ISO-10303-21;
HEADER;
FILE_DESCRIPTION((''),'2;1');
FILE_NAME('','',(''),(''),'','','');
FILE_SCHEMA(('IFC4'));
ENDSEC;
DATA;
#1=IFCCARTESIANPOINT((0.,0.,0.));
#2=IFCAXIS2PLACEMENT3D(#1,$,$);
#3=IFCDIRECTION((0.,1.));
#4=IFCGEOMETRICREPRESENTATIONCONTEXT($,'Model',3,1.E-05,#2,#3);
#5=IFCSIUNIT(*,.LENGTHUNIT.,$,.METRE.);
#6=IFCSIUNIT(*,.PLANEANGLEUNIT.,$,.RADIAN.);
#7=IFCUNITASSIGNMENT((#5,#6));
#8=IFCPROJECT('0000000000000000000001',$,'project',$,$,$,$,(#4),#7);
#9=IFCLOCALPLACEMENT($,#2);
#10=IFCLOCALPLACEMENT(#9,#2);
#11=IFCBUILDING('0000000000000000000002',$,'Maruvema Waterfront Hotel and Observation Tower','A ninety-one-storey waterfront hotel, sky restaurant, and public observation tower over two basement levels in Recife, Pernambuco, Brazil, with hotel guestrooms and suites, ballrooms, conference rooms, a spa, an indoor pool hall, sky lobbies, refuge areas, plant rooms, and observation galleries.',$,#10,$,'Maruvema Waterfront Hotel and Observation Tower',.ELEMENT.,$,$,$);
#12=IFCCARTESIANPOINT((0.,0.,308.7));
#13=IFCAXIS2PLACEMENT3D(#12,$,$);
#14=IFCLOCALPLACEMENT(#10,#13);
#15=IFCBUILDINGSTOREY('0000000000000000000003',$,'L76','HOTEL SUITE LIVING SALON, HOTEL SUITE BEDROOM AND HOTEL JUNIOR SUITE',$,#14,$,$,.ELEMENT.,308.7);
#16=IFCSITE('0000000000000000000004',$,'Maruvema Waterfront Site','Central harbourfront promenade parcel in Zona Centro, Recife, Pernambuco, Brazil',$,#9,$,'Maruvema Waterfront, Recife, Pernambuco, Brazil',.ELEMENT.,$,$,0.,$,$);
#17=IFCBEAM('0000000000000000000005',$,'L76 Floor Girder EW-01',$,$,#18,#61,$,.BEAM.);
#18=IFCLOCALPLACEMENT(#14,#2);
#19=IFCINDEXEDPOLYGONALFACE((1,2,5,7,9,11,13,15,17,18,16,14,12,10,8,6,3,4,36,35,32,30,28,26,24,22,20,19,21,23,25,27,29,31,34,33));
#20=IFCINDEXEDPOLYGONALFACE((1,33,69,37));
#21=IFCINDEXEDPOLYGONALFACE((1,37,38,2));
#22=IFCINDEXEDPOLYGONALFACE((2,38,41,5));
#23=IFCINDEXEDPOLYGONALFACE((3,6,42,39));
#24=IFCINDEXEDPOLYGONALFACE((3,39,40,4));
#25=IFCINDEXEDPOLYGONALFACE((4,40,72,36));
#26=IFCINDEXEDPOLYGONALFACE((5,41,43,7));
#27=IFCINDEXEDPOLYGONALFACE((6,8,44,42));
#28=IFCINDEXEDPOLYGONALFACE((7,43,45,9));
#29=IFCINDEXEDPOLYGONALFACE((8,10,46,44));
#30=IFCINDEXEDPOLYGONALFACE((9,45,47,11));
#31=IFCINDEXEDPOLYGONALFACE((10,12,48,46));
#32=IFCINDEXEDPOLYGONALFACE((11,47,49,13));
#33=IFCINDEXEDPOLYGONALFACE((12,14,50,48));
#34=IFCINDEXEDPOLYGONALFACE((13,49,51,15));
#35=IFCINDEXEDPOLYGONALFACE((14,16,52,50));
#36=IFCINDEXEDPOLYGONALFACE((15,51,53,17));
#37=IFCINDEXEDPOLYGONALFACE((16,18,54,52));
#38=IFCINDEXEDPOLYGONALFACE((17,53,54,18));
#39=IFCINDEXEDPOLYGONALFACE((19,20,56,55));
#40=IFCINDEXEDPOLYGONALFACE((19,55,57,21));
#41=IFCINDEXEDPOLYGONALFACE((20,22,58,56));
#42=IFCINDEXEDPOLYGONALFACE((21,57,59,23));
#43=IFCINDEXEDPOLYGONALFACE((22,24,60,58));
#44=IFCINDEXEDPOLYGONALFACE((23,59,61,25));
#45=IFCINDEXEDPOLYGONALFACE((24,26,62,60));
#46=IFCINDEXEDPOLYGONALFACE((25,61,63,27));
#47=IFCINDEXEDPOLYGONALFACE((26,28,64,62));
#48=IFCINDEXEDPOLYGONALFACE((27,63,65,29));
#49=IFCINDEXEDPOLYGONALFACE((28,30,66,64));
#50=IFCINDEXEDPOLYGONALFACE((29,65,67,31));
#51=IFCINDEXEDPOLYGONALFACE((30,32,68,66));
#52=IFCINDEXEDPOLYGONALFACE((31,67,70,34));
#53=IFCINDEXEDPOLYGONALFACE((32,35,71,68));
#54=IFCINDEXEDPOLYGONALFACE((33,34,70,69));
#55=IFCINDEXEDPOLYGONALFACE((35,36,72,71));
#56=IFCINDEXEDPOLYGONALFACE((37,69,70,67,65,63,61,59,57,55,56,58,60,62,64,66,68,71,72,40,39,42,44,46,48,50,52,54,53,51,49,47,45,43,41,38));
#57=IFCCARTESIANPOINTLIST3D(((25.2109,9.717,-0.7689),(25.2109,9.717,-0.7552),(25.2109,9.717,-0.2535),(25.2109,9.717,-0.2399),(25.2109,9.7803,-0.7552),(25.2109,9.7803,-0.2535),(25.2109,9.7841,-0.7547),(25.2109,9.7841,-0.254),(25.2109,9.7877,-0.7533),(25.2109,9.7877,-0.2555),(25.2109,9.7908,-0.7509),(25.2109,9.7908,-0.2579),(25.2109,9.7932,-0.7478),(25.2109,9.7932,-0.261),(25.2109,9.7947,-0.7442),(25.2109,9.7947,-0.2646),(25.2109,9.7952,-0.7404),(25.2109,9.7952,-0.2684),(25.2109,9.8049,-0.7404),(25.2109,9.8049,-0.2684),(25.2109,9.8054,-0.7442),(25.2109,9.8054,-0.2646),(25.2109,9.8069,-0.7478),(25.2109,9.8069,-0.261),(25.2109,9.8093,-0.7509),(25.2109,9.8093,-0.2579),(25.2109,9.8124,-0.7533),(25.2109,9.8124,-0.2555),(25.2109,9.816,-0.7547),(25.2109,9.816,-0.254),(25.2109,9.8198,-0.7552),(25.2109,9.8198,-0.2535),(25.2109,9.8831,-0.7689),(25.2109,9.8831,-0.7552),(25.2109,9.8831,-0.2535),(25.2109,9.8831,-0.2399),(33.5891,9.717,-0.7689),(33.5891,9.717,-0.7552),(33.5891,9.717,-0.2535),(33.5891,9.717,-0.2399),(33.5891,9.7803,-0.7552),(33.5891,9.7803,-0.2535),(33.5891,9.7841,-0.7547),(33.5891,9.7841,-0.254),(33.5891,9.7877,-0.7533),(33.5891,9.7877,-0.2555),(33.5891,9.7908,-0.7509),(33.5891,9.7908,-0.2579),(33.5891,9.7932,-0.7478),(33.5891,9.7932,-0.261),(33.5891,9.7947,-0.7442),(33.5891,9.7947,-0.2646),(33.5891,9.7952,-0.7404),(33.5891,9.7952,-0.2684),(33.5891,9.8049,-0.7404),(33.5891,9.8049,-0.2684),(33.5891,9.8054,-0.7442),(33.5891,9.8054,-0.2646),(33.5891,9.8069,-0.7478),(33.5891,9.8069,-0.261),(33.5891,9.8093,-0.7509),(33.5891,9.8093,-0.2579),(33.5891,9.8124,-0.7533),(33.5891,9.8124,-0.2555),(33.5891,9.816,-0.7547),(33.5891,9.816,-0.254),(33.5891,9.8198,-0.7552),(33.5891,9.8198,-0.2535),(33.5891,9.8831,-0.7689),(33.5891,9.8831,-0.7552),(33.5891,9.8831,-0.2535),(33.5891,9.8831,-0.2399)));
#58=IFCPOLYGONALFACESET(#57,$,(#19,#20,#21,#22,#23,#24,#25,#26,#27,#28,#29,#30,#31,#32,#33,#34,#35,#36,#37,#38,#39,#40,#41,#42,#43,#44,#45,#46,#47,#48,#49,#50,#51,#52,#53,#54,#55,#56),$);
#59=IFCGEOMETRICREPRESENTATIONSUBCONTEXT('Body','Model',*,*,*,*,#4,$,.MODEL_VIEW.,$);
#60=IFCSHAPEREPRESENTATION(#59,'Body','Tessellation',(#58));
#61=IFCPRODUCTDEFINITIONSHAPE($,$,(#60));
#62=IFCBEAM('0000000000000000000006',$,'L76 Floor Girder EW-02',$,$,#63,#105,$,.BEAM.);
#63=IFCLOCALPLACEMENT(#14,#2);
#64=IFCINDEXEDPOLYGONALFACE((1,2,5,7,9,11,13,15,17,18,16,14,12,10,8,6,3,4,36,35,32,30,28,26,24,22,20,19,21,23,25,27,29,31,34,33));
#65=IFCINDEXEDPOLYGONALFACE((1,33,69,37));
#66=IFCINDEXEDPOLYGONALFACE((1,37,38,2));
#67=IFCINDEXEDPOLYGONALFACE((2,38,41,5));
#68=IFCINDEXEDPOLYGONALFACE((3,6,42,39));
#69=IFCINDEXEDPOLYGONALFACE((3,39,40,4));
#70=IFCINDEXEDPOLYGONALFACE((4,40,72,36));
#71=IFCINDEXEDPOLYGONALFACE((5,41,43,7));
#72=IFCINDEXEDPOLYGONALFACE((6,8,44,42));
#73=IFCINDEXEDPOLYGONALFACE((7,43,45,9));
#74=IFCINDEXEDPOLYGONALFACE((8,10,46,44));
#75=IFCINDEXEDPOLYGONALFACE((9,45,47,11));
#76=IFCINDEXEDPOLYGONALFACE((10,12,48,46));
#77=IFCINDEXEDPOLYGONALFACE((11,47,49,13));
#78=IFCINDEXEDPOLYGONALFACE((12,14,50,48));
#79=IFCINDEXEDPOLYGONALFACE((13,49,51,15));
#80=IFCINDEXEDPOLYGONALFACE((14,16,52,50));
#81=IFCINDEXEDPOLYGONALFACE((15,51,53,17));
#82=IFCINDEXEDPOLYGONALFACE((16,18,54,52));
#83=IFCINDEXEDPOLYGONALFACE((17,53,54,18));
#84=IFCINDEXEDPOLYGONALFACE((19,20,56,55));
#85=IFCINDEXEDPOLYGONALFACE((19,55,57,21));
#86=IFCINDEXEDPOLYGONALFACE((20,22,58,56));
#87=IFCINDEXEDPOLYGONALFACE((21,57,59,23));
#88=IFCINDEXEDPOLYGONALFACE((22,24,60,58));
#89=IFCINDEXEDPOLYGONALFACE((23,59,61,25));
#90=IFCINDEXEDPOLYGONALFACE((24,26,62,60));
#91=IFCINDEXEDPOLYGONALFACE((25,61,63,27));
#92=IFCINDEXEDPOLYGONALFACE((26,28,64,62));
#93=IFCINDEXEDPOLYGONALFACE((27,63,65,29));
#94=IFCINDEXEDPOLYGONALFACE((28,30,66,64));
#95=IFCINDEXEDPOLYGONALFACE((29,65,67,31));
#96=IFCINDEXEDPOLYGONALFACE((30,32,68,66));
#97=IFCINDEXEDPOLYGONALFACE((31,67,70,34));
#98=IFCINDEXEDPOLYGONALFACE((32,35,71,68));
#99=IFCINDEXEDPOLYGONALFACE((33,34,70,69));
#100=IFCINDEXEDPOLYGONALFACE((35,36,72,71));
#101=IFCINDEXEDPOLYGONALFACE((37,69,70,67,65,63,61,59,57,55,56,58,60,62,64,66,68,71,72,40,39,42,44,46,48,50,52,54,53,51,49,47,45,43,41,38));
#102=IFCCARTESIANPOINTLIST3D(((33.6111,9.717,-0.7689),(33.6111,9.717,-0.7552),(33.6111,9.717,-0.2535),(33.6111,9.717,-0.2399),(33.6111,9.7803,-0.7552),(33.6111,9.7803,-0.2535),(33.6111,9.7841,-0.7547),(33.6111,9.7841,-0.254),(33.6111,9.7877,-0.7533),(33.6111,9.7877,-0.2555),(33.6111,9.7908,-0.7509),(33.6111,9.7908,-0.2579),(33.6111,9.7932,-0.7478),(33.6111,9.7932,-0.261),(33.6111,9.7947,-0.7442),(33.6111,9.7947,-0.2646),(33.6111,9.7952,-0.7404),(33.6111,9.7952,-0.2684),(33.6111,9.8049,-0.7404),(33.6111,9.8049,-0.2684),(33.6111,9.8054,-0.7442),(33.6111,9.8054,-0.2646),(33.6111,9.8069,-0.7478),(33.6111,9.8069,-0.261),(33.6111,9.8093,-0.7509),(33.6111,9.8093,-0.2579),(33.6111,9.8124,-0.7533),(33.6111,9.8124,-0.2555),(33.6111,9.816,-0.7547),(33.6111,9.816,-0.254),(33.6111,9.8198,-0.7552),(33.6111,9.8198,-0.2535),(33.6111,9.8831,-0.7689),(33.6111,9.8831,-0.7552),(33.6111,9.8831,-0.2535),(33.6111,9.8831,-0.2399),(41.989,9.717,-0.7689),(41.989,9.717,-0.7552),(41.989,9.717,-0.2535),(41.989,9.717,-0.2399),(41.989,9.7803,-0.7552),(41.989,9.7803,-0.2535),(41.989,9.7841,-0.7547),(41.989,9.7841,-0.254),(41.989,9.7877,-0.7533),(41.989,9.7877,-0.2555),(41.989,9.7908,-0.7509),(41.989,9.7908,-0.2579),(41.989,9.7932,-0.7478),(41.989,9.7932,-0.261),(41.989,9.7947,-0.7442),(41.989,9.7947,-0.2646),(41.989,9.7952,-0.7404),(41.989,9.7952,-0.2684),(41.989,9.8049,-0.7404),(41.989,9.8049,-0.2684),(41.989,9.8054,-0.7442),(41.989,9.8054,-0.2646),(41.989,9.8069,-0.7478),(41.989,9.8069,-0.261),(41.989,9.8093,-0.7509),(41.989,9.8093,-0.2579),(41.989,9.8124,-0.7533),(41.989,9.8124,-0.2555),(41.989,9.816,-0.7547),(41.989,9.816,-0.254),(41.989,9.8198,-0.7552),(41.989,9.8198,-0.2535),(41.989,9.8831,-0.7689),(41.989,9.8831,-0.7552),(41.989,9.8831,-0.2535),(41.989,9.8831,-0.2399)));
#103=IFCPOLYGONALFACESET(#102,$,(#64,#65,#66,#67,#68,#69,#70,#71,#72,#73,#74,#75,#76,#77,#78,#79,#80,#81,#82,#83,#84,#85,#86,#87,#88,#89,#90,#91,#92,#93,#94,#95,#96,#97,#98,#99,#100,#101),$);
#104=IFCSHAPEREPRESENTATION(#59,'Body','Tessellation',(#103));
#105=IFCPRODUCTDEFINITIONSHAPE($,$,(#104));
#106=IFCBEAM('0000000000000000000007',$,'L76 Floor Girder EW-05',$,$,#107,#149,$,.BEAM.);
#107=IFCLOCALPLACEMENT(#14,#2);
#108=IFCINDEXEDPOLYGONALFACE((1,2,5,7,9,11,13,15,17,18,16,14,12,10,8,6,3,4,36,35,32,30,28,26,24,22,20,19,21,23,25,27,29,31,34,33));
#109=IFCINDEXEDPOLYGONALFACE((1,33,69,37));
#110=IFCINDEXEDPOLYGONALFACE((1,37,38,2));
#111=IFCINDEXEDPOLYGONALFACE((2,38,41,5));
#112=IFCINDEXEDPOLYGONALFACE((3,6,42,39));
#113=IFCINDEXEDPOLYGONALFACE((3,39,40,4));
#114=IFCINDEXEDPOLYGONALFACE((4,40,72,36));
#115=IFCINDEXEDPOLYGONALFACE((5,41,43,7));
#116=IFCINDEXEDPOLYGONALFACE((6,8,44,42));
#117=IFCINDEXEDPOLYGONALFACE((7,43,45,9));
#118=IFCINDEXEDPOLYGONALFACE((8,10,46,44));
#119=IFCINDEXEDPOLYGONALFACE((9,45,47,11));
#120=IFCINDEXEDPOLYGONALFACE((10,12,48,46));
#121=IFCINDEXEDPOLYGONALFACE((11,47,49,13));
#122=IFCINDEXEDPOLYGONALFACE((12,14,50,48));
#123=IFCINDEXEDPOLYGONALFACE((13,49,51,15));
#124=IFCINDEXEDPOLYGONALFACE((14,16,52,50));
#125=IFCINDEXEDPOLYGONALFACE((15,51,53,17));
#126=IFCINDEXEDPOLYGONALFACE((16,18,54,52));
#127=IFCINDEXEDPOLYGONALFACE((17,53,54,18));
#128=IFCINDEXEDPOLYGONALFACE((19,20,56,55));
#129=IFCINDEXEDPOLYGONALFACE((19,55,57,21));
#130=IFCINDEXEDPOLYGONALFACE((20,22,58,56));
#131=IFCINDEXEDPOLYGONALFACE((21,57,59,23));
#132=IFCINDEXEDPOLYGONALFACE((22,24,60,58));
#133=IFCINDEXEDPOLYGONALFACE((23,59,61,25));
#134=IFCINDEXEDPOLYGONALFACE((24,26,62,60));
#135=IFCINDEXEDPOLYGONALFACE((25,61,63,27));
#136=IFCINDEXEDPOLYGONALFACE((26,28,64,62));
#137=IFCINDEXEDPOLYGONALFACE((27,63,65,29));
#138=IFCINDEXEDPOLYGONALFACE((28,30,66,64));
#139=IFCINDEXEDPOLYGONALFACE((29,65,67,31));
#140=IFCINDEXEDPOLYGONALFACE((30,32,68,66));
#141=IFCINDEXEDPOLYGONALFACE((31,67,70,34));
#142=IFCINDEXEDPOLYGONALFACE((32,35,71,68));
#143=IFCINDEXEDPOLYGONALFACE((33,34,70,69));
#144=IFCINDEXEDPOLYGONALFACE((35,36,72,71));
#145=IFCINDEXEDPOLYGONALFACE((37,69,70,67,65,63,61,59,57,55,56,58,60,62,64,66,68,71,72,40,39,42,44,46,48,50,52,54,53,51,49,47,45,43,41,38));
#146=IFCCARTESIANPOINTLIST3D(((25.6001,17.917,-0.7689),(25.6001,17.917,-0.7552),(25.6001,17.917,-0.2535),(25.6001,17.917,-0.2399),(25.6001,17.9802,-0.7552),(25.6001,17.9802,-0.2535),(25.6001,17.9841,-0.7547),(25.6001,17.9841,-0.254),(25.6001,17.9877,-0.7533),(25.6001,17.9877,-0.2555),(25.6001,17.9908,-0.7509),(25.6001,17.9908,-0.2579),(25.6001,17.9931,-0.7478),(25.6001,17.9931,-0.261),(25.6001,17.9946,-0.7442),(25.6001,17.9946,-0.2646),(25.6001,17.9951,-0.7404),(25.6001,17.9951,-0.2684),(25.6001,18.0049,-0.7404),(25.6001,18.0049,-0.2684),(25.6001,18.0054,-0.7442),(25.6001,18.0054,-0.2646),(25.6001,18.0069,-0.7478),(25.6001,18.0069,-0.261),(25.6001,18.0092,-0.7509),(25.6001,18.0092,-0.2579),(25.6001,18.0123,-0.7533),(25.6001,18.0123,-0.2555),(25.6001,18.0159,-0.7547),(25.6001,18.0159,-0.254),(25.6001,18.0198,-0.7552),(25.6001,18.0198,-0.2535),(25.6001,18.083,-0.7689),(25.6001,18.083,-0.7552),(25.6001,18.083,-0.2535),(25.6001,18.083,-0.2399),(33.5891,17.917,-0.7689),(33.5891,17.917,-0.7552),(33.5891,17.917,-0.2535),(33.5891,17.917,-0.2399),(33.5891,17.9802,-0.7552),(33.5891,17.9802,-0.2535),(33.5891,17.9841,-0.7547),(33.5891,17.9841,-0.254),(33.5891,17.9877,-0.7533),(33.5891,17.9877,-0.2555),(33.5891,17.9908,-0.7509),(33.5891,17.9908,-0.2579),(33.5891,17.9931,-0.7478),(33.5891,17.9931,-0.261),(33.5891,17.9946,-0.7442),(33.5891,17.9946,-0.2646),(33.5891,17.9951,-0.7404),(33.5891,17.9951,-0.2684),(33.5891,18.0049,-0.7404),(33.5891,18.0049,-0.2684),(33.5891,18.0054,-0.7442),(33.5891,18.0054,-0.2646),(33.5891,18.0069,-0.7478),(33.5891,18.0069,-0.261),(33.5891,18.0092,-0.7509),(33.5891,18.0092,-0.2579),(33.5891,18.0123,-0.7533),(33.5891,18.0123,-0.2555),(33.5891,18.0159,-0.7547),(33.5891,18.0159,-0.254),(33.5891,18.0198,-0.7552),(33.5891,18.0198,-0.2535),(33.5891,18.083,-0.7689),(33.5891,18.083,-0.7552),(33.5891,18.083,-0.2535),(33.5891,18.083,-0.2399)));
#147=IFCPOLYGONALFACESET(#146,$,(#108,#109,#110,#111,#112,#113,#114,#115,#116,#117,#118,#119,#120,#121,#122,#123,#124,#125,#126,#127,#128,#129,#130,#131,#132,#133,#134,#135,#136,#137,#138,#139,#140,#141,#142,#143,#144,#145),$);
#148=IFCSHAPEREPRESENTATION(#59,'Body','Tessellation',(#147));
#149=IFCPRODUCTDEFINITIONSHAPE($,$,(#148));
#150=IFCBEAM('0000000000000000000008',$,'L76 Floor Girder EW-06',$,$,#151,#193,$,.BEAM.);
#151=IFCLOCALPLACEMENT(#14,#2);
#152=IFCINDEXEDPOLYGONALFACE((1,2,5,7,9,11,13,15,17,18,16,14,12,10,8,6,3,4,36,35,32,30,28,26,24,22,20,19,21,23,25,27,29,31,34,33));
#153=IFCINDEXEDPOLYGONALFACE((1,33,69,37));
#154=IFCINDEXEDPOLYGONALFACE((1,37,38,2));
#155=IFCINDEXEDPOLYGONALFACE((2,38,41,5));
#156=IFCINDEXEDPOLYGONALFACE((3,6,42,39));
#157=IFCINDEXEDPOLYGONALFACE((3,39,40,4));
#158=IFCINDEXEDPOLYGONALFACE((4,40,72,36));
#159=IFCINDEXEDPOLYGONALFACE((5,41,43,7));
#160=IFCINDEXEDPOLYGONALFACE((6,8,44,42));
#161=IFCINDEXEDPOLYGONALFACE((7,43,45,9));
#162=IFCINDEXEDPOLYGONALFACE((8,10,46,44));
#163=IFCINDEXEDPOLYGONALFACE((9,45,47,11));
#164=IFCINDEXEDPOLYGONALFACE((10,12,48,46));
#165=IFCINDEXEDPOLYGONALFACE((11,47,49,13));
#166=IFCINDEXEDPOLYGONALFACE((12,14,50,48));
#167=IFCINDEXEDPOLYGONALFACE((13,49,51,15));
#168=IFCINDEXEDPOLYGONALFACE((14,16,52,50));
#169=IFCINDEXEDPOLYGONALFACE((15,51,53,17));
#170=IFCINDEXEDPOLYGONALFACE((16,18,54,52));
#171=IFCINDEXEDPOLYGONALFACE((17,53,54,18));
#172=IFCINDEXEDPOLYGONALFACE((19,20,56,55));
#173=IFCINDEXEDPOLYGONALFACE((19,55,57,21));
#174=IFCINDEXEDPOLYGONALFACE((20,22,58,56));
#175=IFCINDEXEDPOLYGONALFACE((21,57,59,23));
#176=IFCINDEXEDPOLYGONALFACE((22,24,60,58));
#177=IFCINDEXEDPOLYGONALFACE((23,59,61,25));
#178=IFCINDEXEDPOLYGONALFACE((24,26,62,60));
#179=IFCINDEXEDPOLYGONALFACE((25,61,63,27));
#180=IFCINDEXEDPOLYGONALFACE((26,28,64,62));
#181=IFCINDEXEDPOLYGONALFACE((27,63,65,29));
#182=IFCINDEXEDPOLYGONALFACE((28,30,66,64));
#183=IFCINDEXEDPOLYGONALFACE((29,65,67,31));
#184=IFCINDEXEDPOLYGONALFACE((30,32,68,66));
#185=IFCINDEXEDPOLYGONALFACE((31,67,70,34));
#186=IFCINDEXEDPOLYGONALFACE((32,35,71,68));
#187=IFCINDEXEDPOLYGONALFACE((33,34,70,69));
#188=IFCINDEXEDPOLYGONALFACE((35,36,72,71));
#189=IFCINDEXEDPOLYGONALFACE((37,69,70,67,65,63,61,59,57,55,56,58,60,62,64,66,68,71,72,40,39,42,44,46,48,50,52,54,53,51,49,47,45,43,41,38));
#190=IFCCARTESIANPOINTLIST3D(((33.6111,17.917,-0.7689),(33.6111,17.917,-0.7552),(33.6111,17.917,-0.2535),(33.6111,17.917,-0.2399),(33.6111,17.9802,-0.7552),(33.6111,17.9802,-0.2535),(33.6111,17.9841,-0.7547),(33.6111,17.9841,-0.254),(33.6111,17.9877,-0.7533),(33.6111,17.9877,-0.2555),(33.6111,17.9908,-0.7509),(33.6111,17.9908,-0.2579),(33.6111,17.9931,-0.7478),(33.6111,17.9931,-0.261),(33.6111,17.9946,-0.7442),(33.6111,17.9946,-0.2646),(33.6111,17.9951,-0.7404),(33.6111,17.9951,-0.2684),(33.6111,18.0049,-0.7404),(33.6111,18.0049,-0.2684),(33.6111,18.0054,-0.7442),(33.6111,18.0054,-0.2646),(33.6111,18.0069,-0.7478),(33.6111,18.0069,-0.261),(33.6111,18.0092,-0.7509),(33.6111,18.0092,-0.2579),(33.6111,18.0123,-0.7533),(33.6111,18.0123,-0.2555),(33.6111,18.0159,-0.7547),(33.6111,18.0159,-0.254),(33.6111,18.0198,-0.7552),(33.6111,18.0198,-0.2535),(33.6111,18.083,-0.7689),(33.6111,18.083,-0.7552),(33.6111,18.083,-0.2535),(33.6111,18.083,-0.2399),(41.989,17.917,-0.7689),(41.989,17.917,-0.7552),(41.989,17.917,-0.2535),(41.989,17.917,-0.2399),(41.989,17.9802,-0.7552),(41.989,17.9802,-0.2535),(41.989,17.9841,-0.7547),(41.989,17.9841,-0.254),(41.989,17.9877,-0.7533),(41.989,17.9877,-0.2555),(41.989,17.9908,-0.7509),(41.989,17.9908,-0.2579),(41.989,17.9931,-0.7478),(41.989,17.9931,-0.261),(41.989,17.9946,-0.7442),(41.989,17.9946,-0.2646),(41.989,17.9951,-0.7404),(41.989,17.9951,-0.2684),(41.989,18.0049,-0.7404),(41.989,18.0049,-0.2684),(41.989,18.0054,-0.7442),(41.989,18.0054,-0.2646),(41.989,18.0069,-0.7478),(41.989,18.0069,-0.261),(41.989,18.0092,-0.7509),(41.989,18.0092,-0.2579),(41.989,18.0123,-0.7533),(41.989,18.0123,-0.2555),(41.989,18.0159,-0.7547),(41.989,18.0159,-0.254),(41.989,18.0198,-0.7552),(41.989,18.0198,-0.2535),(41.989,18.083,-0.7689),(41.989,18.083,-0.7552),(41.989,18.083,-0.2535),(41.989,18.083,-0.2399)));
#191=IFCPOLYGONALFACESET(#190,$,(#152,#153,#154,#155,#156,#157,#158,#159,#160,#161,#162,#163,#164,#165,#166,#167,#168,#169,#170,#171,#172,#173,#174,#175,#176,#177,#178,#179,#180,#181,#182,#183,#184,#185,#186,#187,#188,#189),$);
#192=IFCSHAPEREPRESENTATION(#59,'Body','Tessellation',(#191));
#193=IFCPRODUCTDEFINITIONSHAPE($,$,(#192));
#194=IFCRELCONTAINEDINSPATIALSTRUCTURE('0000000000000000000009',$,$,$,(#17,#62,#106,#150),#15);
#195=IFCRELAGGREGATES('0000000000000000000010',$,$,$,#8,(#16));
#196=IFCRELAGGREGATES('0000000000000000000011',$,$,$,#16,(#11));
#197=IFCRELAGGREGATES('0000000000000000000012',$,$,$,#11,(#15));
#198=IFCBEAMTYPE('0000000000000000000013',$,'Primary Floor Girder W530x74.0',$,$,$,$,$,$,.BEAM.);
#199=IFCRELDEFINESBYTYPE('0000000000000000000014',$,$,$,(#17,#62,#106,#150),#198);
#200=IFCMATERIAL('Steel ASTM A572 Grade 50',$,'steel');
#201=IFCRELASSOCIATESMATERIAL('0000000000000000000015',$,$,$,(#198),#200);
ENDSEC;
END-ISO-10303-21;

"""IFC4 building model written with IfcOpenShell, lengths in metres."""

from ifc_helpers import new_model, si_unit, direction, frame, origin, origin_2d, place, context, subcontext, project, spatial, i_section, extrude, material, material_profile, profile_set, type_object, element, save


model = new_model("IFC4")

# Units and contexts
model_context = context("Model", 3, precision=1e-05, world=origin(), true_north=direction((0.0, 1.0)))
body_context = subcontext(model_context, "Body", "Model", "MODEL_VIEW")
ifc_project = project(units=[si_unit("LENGTHUNIT", "METRE"), si_unit("PLANEANGLEUNIT", "RADIAN")], contexts=[model_context])

# Site, building, storey
site_placement = place(None, origin())
site = spatial("IfcSite", under=ifc_project, at=site_placement, Name="Maruvema Waterfront Site", Description="Central harbourfront promenade parcel in Zona Centro, Recife, Pernambuco, Brazil", LongName="Maruvema Waterfront, Recife, Pernambuco, Brazil", CompositionType="ELEMENT", RefElevation=0.0)
building_placement = place(site_placement, origin())
building = spatial("IfcBuilding", under=site, at=building_placement, Name="Maruvema Waterfront Hotel and Observation Tower", Description="A ninety-one-storey waterfront hotel, sky restaurant, and public observation tower over two basement levels in Recife, Pernambuco, Brazil, with hotel guestrooms and suites, ballrooms, conference rooms, a spa, an indoor pool hall, sky lobbies, refuge areas, plant rooms, and observation galleries.", LongName="Maruvema Waterfront Hotel and Observation Tower", CompositionType="ELEMENT")
storey_placement = place(building_placement, frame((0.0, 0.0, 308.7)))
storey = spatial("IfcBuildingStorey", under=building, at=storey_placement, Name="L76", Description="HOTEL SUITE LIVING SALON, HOTEL SUITE BEDROOM AND HOTEL JUNIOR SUITE", CompositionType="ELEMENT", Elevation=308.7)

# Beams
ifc_material_1 = material(Name="Steel ASTM A572 Grade 50", Category="steel")
ifc_material_profile_1 = material_profile(ifc_material_1, i_section(OverallWidth=0.166, OverallDepth=0.5291, WebThickness=0.0098, FlangeThickness=0.0137, FilletRadius=0.0149, at=origin_2d()), Name="W530x74.0")
ifc_profile_set_1 = profile_set([ifc_material_profile_1], Name="Steel ASTM A572 Grade 50")
beam_type_1 = type_object("IfcBeamType", Name="Primary Floor Girder W530x74.0", PredefinedType="BEAM", material=ifc_profile_set_1)
beam_1_placement = place(storey_placement, frame((25.2109, 9.8, -0.5044), z_axis=(1.0, 0.0, 0.0), x_axis=(0.0, 1.0, 0.0)))
element("IfcBeam", 1, at=beam_1_placement, inside=storey, type_object=beam_type_1, Name="L76 Floor Girder EW-01", PredefinedType="BEAM", context=body_context, shape_type="SweptSolid", body=[
    extrude(i_section(OverallWidth=0.166, OverallDepth=0.5291, WebThickness=0.0098, FlangeThickness=0.0137, FilletRadius=0.0149, at=origin_2d()), origin(), (0.0, 0.0, 1.0), 8.3782),
])
beam_2_placement = place(storey_placement, frame((33.6111, 9.8, -0.5044), z_axis=(1.0, 0.0, 0.0), x_axis=(0.0, 1.0, 0.0)))
element("IfcBeam", 2, at=beam_2_placement, inside=storey, type_object=beam_type_1, Name="L76 Floor Girder EW-02", PredefinedType="BEAM", context=body_context, shape_type="SweptSolid", body=[
    extrude(i_section(OverallWidth=0.166, OverallDepth=0.5291, WebThickness=0.0098, FlangeThickness=0.0137, FilletRadius=0.0149, at=origin_2d()), origin(), (0.0, 0.0, 1.0), 8.3779),
])
beam_3_placement = place(storey_placement, frame((25.6001, 18.0, -0.5044), z_axis=(1.0, 0.0, 0.0), x_axis=(0.0, 1.0, 0.0)))
element("IfcBeam", 3, at=beam_3_placement, inside=storey, type_object=beam_type_1, Name="L76 Floor Girder EW-05", PredefinedType="BEAM", context=body_context, shape_type="SweptSolid", body=[
    extrude(i_section(OverallWidth=0.166, OverallDepth=0.5291, WebThickness=0.0098, FlangeThickness=0.0137, FilletRadius=0.0149, at=origin_2d()), origin(), (0.0, 0.0, 1.0), 7.989),
])
beam_4_placement = place(storey_placement, frame((33.6111, 18.0, -0.5044), z_axis=(1.0, 0.0, 0.0), x_axis=(0.0, 1.0, 0.0)))
element("IfcBeam", 4, at=beam_4_placement, inside=storey, type_object=beam_type_1, Name="L76 Floor Girder EW-06", PredefinedType="BEAM", context=body_context, shape_type="SweptSolid", body=[
    extrude(i_section(OverallWidth=0.166, OverallDepth=0.5291, WebThickness=0.0098, FlangeThickness=0.0137, FilletRadius=0.0149, at=origin_2d()), origin(), (0.0, 0.0, 1.0), 8.3779),
])

save(model, "model.ifc")
